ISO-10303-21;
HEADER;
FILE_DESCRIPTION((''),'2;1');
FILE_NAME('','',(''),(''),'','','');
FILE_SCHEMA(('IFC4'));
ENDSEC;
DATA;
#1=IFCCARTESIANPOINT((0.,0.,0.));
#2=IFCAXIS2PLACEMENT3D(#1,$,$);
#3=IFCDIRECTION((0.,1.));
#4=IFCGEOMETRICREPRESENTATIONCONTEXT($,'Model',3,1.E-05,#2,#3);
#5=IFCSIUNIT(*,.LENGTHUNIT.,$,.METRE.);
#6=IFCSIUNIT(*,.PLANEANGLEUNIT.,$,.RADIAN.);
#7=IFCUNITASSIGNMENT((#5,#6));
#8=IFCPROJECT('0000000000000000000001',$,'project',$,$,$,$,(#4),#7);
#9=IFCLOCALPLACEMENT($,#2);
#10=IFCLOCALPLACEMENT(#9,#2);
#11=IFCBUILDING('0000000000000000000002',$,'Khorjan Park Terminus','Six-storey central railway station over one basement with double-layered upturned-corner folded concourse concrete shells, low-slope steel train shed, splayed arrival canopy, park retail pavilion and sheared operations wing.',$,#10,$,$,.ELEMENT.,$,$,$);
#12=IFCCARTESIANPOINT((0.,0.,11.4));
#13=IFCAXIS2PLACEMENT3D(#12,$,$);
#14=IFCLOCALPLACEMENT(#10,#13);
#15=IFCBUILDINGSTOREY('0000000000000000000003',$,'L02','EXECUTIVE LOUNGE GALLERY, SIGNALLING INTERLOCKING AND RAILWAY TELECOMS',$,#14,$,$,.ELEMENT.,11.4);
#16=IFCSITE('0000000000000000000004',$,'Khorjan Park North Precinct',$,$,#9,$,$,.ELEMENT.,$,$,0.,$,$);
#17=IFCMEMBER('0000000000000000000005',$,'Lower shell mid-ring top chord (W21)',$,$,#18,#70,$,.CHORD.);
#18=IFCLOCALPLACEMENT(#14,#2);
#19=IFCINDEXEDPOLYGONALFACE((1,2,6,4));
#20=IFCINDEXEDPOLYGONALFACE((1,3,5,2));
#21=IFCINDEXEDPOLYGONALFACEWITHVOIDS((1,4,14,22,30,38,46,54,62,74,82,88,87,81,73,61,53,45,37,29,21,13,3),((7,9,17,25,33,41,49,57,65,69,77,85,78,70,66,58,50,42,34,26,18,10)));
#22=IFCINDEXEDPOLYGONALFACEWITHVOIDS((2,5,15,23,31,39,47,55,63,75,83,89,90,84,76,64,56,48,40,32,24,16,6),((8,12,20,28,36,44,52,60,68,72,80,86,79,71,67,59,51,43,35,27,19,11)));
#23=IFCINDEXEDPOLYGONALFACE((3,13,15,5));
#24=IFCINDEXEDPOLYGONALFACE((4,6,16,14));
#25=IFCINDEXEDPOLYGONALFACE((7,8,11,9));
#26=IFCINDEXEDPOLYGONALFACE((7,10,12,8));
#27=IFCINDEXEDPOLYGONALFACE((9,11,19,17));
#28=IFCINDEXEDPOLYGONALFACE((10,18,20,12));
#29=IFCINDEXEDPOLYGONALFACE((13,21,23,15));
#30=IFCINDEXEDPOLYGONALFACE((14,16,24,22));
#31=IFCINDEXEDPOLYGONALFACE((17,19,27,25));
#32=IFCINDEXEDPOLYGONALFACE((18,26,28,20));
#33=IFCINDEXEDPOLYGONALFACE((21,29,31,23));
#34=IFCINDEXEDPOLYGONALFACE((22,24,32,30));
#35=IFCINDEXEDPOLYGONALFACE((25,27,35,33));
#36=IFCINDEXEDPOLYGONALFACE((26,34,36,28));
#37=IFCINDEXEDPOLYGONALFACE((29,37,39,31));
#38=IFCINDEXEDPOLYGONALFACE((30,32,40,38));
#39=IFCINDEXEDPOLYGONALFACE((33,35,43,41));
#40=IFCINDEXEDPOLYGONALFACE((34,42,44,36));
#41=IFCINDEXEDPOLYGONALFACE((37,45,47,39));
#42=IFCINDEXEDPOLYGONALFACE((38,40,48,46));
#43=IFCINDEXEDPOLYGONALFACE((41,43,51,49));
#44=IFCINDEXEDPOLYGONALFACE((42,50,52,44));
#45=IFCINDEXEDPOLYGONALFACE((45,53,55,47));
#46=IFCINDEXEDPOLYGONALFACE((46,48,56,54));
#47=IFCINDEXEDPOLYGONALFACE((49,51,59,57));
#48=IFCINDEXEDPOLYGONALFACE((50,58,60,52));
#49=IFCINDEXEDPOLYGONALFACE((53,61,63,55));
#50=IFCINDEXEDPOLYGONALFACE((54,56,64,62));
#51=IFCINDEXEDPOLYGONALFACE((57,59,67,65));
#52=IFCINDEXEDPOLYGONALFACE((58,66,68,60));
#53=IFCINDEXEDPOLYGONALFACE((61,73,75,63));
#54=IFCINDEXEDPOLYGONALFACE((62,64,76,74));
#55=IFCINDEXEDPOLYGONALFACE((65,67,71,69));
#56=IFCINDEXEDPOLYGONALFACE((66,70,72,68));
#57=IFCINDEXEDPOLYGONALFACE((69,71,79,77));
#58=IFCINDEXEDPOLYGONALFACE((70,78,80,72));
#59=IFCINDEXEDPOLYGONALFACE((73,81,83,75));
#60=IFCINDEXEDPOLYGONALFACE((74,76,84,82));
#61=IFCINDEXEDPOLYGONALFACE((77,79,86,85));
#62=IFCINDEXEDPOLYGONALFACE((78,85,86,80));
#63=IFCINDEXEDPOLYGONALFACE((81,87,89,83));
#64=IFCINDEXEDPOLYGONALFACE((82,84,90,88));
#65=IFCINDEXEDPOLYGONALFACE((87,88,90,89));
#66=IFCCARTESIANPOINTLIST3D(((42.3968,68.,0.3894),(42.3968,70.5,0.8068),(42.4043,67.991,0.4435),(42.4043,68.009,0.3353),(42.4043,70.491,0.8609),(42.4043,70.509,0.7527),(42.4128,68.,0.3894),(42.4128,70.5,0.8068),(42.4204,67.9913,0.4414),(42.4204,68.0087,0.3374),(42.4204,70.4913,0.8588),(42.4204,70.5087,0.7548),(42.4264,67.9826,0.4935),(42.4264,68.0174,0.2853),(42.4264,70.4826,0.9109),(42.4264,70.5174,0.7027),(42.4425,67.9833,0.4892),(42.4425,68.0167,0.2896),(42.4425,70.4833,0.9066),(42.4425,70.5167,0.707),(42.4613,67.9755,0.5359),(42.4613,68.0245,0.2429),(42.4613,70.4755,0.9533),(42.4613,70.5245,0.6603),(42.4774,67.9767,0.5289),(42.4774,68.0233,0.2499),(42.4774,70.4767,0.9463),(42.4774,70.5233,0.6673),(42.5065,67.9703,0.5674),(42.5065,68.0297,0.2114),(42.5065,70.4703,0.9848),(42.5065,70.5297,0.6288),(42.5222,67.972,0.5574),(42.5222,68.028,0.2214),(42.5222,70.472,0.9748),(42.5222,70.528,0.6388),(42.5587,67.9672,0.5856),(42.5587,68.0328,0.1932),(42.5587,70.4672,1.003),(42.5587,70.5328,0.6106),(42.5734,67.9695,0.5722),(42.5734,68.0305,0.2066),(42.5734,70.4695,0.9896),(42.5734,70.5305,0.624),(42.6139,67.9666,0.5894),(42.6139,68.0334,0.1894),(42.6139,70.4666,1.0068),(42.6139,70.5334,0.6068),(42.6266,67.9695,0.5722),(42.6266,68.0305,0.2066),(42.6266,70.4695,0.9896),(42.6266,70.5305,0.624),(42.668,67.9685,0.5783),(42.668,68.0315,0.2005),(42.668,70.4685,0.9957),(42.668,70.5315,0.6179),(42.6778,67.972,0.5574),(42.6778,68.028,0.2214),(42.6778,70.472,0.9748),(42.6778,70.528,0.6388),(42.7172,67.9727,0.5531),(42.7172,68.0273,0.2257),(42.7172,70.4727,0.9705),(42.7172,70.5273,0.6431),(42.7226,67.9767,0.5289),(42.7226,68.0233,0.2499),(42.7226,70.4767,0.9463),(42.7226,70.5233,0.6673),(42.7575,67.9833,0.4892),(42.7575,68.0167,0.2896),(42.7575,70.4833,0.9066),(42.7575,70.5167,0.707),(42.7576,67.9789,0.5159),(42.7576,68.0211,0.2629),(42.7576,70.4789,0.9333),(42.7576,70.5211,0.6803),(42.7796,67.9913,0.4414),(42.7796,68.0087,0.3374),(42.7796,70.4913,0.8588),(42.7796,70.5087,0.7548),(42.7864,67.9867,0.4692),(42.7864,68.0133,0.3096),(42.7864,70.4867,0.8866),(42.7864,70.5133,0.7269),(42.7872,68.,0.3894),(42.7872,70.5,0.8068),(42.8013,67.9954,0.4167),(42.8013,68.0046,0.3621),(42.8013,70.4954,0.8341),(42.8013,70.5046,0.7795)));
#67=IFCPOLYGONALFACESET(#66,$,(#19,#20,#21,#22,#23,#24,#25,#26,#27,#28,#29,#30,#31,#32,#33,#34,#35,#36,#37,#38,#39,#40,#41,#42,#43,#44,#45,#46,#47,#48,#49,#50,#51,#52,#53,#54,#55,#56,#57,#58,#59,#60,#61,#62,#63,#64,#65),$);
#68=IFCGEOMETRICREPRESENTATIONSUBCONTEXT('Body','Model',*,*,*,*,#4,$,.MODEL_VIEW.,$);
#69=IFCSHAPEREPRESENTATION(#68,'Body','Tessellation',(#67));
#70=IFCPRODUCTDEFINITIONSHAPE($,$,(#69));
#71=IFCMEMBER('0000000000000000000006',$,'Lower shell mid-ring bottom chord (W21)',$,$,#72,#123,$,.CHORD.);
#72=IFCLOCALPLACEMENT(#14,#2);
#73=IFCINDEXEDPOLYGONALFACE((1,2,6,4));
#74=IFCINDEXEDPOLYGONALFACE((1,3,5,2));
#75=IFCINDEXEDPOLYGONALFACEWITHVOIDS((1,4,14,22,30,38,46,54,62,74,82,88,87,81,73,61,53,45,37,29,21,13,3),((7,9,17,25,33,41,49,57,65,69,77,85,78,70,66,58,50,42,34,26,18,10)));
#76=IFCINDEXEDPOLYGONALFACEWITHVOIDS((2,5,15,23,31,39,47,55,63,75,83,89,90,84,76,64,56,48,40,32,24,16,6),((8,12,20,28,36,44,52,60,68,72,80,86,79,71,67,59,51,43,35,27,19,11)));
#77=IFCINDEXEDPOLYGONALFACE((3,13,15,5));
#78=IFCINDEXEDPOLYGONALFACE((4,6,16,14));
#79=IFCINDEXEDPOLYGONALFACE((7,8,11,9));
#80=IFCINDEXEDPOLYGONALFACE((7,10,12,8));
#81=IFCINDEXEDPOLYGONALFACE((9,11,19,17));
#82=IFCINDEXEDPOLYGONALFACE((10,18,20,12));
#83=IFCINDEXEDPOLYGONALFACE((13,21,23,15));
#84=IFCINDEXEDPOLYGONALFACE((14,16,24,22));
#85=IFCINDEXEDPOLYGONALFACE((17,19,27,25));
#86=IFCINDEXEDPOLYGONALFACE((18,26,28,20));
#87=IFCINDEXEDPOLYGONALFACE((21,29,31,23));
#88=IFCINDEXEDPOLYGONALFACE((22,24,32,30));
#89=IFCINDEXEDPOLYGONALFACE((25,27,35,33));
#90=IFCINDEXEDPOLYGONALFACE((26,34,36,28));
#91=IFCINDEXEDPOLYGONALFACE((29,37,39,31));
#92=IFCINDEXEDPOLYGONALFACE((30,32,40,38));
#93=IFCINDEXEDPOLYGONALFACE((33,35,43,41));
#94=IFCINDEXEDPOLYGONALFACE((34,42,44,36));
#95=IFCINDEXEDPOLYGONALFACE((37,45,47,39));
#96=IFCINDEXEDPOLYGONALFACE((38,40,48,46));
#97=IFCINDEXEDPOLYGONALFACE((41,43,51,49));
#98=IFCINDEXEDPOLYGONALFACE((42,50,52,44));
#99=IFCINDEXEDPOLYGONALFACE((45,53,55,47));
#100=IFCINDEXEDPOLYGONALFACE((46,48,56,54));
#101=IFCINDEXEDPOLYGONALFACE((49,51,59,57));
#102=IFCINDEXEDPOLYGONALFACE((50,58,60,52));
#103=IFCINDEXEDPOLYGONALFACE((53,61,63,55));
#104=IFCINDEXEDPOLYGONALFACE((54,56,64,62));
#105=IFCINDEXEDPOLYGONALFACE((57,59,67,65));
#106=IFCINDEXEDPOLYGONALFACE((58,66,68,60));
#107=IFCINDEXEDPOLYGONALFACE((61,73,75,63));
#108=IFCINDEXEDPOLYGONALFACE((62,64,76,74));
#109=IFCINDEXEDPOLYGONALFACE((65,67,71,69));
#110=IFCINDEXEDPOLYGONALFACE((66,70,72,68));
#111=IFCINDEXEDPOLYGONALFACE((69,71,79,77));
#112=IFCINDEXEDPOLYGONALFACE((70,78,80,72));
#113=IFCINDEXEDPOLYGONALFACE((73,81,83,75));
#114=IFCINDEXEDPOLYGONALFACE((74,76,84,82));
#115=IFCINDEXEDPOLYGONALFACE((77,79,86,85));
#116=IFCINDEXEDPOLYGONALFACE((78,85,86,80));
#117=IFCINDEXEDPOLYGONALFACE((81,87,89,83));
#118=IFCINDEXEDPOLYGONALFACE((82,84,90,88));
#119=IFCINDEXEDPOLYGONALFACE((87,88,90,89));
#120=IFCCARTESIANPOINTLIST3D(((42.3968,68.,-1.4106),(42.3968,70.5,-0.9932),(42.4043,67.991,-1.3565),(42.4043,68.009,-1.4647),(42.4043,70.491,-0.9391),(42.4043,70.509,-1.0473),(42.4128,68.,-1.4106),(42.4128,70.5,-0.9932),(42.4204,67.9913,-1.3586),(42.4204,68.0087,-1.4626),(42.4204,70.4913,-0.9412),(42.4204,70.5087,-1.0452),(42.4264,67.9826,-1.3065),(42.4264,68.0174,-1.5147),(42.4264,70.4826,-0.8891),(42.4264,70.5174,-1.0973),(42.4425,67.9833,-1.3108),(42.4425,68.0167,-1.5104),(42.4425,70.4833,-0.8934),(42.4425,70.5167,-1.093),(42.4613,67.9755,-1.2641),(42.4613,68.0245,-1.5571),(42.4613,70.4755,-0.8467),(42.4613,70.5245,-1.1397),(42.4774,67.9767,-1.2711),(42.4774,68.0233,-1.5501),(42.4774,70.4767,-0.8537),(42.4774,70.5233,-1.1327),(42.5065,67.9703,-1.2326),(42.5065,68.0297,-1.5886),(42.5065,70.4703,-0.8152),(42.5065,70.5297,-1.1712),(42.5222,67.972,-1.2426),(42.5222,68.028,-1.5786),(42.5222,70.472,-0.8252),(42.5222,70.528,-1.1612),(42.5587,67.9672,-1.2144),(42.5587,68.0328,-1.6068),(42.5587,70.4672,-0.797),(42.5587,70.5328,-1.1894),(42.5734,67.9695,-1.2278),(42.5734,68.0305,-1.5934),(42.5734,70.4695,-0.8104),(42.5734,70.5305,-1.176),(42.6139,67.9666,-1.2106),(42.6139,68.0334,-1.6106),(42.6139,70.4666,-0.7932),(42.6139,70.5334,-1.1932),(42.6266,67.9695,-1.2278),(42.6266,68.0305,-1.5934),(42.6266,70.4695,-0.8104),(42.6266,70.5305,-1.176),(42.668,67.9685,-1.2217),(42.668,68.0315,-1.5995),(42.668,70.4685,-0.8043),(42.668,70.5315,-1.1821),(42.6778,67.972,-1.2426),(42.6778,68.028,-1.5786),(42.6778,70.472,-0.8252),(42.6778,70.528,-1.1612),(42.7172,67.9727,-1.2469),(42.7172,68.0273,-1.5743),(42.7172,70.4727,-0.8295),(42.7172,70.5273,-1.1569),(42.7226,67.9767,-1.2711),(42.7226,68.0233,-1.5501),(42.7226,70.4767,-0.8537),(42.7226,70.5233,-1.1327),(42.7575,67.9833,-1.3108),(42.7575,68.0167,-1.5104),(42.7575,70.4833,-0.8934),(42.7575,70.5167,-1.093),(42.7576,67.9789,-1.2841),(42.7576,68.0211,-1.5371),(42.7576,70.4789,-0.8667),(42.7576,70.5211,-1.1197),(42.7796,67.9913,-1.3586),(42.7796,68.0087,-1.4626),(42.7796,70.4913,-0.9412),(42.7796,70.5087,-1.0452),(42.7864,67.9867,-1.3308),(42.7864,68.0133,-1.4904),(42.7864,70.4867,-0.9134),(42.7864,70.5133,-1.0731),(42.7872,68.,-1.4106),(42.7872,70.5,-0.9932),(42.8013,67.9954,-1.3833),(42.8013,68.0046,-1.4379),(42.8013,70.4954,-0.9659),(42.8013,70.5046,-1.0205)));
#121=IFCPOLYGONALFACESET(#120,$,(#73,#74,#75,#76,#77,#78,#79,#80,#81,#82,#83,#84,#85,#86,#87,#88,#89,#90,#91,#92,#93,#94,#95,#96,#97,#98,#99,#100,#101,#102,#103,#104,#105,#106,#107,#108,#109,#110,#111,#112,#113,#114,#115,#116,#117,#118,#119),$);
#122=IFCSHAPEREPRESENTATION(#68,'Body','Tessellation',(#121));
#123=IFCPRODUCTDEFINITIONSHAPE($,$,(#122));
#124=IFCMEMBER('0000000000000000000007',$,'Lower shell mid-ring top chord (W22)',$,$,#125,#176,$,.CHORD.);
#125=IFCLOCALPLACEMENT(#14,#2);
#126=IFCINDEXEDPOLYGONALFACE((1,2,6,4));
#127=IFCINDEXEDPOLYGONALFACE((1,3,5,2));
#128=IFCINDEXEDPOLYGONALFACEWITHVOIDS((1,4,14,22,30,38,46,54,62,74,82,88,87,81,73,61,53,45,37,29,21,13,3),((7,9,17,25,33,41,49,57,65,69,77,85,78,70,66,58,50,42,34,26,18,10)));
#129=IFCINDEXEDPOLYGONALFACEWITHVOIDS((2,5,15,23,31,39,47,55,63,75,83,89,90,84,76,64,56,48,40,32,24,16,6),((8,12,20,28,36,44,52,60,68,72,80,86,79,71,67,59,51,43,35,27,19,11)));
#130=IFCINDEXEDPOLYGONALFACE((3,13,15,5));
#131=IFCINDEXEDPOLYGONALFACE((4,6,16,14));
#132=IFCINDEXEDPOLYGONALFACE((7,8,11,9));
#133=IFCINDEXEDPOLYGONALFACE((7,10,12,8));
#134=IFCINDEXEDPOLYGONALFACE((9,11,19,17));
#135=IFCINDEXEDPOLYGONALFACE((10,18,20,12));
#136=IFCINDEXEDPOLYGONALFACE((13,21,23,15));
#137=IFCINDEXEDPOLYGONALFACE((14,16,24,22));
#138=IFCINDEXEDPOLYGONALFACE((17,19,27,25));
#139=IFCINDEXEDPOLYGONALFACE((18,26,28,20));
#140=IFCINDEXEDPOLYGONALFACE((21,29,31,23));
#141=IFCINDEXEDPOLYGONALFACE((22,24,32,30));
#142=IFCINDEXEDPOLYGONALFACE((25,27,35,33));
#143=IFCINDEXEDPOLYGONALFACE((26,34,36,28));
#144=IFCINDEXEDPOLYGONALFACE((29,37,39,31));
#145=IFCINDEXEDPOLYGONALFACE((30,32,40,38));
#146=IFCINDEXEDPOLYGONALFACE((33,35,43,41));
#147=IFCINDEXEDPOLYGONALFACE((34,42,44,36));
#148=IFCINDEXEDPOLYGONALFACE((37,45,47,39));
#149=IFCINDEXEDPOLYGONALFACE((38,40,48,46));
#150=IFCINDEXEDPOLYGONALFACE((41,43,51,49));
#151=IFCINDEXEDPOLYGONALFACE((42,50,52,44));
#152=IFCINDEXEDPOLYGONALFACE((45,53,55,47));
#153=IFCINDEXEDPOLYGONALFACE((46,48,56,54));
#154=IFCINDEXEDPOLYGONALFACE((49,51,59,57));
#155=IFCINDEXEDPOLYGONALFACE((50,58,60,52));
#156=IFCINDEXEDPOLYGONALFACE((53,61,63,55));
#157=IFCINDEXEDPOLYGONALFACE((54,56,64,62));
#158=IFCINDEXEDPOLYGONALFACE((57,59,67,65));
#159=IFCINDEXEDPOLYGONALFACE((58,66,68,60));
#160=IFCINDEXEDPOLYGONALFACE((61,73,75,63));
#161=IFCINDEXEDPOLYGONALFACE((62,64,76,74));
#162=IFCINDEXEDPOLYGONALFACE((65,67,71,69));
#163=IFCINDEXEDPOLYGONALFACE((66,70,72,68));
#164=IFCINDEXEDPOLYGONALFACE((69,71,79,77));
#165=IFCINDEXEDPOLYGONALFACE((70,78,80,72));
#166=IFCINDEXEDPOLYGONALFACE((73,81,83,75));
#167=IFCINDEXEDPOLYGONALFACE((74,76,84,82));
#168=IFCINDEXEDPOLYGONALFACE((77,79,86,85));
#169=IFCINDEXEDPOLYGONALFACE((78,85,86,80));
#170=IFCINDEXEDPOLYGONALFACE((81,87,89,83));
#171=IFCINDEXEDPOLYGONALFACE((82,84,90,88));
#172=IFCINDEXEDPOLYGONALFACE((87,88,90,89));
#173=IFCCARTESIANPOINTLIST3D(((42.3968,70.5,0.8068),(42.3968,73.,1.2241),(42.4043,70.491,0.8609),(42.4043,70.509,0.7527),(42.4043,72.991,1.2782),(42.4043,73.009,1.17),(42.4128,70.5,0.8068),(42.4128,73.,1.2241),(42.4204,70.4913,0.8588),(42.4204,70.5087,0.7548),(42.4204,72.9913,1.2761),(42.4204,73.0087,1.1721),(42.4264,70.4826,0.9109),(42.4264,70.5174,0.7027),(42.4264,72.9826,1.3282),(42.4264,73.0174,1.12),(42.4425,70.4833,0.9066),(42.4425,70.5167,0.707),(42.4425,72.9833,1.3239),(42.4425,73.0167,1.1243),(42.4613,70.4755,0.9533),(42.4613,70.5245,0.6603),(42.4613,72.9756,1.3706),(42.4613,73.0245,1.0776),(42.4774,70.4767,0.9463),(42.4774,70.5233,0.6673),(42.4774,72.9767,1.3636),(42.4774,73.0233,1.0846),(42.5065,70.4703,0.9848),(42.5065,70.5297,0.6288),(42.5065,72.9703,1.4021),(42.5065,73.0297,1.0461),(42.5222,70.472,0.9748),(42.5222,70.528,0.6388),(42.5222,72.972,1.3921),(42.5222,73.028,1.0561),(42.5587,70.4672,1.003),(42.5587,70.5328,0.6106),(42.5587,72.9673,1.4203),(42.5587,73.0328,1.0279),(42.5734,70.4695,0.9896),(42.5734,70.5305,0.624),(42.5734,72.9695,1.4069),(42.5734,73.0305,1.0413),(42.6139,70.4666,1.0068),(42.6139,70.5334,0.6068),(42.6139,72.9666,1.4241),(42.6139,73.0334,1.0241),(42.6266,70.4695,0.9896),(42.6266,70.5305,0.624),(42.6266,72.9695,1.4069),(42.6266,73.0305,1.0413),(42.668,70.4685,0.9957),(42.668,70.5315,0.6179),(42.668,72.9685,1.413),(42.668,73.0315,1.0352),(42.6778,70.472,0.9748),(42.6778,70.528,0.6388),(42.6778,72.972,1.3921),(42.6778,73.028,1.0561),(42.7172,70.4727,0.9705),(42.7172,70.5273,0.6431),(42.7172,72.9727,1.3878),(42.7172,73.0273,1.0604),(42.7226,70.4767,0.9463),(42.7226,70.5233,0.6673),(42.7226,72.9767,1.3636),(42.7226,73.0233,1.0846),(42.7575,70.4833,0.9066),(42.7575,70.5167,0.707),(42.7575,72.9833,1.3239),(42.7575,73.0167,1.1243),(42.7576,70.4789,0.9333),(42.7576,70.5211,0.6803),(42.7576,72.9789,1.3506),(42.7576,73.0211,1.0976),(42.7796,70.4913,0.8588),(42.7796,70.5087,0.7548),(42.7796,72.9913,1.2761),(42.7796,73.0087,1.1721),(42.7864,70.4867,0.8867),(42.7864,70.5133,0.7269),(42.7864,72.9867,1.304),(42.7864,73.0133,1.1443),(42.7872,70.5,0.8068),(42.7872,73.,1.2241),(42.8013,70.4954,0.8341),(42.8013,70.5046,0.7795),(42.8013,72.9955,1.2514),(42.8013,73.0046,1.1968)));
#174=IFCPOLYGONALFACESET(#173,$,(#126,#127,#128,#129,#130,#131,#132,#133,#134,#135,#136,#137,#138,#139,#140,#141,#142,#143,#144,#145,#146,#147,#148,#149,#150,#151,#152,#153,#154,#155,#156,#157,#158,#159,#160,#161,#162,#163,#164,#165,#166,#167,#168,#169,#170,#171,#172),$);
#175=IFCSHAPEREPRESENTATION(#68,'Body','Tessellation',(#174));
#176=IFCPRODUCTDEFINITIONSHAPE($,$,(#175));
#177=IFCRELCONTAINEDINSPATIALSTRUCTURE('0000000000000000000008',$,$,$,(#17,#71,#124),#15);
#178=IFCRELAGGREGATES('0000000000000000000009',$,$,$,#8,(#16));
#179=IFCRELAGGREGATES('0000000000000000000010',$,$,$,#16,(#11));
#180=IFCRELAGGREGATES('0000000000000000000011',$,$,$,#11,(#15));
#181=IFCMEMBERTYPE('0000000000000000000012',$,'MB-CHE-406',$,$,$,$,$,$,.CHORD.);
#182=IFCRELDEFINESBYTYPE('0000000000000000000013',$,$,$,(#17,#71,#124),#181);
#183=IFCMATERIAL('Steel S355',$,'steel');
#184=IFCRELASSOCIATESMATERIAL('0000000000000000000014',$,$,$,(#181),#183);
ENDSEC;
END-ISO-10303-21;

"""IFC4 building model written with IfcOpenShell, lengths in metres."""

from ifc_helpers import new_model, si_unit, direction, frame, origin, origin_2d, place, context, subcontext, project, spatial, hollow_circle, extrude, material, material_profile, profile_set, type_object, element, save


model = new_model("IFC4")

# Units and contexts
model_context = context("Model", 3, precision=1e-05, world=origin(), true_north=direction((0.0, 1.0)))
body_context = subcontext(model_context, "Body", "Model", "MODEL_VIEW")
ifc_project = project(units=[si_unit("LENGTHUNIT", "METRE"), si_unit("PLANEANGLEUNIT", "RADIAN")], contexts=[model_context])

# Site, building, storey
site_placement = place(None, origin())
site = spatial("IfcSite", under=ifc_project, at=site_placement, Name="Khorjan Park North Precinct", CompositionType="ELEMENT", RefElevation=0.0)
building_placement = place(site_placement, origin())
building = spatial("IfcBuilding", under=site, at=building_placement, Name="Khorjan Park Terminus", Description="Six-storey central railway station over one basement with double-layered upturned-corner folded concourse concrete shells, low-slope steel train shed, splayed arrival canopy, park retail pavilion and sheared operations wing.", CompositionType="ELEMENT")
storey_placement = place(building_placement, frame((0.0, 0.0, 11.4)))
storey = spatial("IfcBuildingStorey", under=building, at=storey_placement, Name="L02", Description="EXECUTIVE LOUNGE GALLERY, SIGNALLING INTERLOCKING AND RAILWAY TELECOMS", CompositionType="ELEMENT", Elevation=11.4)

# Members
ifc_material_1 = material(Name="Steel S355", Category="steel")
ifc_material_profile_1 = material_profile(ifc_material_1, hollow_circle(Radius=0.2032, WallThickness=0.016, at=origin_2d()), Name="CHS 406.4x16")
ifc_profile_set_1 = profile_set([ifc_material_profile_1], Name="Steel S355")
member_type_1 = type_object("IfcMemberType", Name="MB-CHE-406", PredefinedType="CHORD", material=ifc_profile_set_1)
for number, where, z_axis, x_axis, name in (
    (1, (42.6, 68.0, 0.3894), (0.0, 0.986347, 0.16468), (-1.0, 0.0, 0.0), "Lower shell mid-ring top chord (W21)"),
    (2, (42.6, 68.0, -1.4106), (0.0, 0.986347, 0.16468), (-1.0, 0.0, 0.0), "Lower shell mid-ring bottom chord (W21)"),
    (3, (42.6, 70.5, 0.8068), (0.0, 0.986353, 0.164642), (-1.0, 0.0, 0.0), "Lower shell mid-ring top chord (W22)"),
):
    element("IfcMember", number, at=place(storey_placement, frame(where, z_axis=z_axis, x_axis=x_axis)), inside=storey, type_object=member_type_1, Name=name, PredefinedType="CHORD", context=body_context, shape_type="SweptSolid", body=[
        extrude(hollow_circle(Radius=0.2032, WallThickness=0.016, at=origin_2d()), origin(), (0.0, 0.0, 1.0), 2.5346),
    ])

save(model, "model.ifc")
